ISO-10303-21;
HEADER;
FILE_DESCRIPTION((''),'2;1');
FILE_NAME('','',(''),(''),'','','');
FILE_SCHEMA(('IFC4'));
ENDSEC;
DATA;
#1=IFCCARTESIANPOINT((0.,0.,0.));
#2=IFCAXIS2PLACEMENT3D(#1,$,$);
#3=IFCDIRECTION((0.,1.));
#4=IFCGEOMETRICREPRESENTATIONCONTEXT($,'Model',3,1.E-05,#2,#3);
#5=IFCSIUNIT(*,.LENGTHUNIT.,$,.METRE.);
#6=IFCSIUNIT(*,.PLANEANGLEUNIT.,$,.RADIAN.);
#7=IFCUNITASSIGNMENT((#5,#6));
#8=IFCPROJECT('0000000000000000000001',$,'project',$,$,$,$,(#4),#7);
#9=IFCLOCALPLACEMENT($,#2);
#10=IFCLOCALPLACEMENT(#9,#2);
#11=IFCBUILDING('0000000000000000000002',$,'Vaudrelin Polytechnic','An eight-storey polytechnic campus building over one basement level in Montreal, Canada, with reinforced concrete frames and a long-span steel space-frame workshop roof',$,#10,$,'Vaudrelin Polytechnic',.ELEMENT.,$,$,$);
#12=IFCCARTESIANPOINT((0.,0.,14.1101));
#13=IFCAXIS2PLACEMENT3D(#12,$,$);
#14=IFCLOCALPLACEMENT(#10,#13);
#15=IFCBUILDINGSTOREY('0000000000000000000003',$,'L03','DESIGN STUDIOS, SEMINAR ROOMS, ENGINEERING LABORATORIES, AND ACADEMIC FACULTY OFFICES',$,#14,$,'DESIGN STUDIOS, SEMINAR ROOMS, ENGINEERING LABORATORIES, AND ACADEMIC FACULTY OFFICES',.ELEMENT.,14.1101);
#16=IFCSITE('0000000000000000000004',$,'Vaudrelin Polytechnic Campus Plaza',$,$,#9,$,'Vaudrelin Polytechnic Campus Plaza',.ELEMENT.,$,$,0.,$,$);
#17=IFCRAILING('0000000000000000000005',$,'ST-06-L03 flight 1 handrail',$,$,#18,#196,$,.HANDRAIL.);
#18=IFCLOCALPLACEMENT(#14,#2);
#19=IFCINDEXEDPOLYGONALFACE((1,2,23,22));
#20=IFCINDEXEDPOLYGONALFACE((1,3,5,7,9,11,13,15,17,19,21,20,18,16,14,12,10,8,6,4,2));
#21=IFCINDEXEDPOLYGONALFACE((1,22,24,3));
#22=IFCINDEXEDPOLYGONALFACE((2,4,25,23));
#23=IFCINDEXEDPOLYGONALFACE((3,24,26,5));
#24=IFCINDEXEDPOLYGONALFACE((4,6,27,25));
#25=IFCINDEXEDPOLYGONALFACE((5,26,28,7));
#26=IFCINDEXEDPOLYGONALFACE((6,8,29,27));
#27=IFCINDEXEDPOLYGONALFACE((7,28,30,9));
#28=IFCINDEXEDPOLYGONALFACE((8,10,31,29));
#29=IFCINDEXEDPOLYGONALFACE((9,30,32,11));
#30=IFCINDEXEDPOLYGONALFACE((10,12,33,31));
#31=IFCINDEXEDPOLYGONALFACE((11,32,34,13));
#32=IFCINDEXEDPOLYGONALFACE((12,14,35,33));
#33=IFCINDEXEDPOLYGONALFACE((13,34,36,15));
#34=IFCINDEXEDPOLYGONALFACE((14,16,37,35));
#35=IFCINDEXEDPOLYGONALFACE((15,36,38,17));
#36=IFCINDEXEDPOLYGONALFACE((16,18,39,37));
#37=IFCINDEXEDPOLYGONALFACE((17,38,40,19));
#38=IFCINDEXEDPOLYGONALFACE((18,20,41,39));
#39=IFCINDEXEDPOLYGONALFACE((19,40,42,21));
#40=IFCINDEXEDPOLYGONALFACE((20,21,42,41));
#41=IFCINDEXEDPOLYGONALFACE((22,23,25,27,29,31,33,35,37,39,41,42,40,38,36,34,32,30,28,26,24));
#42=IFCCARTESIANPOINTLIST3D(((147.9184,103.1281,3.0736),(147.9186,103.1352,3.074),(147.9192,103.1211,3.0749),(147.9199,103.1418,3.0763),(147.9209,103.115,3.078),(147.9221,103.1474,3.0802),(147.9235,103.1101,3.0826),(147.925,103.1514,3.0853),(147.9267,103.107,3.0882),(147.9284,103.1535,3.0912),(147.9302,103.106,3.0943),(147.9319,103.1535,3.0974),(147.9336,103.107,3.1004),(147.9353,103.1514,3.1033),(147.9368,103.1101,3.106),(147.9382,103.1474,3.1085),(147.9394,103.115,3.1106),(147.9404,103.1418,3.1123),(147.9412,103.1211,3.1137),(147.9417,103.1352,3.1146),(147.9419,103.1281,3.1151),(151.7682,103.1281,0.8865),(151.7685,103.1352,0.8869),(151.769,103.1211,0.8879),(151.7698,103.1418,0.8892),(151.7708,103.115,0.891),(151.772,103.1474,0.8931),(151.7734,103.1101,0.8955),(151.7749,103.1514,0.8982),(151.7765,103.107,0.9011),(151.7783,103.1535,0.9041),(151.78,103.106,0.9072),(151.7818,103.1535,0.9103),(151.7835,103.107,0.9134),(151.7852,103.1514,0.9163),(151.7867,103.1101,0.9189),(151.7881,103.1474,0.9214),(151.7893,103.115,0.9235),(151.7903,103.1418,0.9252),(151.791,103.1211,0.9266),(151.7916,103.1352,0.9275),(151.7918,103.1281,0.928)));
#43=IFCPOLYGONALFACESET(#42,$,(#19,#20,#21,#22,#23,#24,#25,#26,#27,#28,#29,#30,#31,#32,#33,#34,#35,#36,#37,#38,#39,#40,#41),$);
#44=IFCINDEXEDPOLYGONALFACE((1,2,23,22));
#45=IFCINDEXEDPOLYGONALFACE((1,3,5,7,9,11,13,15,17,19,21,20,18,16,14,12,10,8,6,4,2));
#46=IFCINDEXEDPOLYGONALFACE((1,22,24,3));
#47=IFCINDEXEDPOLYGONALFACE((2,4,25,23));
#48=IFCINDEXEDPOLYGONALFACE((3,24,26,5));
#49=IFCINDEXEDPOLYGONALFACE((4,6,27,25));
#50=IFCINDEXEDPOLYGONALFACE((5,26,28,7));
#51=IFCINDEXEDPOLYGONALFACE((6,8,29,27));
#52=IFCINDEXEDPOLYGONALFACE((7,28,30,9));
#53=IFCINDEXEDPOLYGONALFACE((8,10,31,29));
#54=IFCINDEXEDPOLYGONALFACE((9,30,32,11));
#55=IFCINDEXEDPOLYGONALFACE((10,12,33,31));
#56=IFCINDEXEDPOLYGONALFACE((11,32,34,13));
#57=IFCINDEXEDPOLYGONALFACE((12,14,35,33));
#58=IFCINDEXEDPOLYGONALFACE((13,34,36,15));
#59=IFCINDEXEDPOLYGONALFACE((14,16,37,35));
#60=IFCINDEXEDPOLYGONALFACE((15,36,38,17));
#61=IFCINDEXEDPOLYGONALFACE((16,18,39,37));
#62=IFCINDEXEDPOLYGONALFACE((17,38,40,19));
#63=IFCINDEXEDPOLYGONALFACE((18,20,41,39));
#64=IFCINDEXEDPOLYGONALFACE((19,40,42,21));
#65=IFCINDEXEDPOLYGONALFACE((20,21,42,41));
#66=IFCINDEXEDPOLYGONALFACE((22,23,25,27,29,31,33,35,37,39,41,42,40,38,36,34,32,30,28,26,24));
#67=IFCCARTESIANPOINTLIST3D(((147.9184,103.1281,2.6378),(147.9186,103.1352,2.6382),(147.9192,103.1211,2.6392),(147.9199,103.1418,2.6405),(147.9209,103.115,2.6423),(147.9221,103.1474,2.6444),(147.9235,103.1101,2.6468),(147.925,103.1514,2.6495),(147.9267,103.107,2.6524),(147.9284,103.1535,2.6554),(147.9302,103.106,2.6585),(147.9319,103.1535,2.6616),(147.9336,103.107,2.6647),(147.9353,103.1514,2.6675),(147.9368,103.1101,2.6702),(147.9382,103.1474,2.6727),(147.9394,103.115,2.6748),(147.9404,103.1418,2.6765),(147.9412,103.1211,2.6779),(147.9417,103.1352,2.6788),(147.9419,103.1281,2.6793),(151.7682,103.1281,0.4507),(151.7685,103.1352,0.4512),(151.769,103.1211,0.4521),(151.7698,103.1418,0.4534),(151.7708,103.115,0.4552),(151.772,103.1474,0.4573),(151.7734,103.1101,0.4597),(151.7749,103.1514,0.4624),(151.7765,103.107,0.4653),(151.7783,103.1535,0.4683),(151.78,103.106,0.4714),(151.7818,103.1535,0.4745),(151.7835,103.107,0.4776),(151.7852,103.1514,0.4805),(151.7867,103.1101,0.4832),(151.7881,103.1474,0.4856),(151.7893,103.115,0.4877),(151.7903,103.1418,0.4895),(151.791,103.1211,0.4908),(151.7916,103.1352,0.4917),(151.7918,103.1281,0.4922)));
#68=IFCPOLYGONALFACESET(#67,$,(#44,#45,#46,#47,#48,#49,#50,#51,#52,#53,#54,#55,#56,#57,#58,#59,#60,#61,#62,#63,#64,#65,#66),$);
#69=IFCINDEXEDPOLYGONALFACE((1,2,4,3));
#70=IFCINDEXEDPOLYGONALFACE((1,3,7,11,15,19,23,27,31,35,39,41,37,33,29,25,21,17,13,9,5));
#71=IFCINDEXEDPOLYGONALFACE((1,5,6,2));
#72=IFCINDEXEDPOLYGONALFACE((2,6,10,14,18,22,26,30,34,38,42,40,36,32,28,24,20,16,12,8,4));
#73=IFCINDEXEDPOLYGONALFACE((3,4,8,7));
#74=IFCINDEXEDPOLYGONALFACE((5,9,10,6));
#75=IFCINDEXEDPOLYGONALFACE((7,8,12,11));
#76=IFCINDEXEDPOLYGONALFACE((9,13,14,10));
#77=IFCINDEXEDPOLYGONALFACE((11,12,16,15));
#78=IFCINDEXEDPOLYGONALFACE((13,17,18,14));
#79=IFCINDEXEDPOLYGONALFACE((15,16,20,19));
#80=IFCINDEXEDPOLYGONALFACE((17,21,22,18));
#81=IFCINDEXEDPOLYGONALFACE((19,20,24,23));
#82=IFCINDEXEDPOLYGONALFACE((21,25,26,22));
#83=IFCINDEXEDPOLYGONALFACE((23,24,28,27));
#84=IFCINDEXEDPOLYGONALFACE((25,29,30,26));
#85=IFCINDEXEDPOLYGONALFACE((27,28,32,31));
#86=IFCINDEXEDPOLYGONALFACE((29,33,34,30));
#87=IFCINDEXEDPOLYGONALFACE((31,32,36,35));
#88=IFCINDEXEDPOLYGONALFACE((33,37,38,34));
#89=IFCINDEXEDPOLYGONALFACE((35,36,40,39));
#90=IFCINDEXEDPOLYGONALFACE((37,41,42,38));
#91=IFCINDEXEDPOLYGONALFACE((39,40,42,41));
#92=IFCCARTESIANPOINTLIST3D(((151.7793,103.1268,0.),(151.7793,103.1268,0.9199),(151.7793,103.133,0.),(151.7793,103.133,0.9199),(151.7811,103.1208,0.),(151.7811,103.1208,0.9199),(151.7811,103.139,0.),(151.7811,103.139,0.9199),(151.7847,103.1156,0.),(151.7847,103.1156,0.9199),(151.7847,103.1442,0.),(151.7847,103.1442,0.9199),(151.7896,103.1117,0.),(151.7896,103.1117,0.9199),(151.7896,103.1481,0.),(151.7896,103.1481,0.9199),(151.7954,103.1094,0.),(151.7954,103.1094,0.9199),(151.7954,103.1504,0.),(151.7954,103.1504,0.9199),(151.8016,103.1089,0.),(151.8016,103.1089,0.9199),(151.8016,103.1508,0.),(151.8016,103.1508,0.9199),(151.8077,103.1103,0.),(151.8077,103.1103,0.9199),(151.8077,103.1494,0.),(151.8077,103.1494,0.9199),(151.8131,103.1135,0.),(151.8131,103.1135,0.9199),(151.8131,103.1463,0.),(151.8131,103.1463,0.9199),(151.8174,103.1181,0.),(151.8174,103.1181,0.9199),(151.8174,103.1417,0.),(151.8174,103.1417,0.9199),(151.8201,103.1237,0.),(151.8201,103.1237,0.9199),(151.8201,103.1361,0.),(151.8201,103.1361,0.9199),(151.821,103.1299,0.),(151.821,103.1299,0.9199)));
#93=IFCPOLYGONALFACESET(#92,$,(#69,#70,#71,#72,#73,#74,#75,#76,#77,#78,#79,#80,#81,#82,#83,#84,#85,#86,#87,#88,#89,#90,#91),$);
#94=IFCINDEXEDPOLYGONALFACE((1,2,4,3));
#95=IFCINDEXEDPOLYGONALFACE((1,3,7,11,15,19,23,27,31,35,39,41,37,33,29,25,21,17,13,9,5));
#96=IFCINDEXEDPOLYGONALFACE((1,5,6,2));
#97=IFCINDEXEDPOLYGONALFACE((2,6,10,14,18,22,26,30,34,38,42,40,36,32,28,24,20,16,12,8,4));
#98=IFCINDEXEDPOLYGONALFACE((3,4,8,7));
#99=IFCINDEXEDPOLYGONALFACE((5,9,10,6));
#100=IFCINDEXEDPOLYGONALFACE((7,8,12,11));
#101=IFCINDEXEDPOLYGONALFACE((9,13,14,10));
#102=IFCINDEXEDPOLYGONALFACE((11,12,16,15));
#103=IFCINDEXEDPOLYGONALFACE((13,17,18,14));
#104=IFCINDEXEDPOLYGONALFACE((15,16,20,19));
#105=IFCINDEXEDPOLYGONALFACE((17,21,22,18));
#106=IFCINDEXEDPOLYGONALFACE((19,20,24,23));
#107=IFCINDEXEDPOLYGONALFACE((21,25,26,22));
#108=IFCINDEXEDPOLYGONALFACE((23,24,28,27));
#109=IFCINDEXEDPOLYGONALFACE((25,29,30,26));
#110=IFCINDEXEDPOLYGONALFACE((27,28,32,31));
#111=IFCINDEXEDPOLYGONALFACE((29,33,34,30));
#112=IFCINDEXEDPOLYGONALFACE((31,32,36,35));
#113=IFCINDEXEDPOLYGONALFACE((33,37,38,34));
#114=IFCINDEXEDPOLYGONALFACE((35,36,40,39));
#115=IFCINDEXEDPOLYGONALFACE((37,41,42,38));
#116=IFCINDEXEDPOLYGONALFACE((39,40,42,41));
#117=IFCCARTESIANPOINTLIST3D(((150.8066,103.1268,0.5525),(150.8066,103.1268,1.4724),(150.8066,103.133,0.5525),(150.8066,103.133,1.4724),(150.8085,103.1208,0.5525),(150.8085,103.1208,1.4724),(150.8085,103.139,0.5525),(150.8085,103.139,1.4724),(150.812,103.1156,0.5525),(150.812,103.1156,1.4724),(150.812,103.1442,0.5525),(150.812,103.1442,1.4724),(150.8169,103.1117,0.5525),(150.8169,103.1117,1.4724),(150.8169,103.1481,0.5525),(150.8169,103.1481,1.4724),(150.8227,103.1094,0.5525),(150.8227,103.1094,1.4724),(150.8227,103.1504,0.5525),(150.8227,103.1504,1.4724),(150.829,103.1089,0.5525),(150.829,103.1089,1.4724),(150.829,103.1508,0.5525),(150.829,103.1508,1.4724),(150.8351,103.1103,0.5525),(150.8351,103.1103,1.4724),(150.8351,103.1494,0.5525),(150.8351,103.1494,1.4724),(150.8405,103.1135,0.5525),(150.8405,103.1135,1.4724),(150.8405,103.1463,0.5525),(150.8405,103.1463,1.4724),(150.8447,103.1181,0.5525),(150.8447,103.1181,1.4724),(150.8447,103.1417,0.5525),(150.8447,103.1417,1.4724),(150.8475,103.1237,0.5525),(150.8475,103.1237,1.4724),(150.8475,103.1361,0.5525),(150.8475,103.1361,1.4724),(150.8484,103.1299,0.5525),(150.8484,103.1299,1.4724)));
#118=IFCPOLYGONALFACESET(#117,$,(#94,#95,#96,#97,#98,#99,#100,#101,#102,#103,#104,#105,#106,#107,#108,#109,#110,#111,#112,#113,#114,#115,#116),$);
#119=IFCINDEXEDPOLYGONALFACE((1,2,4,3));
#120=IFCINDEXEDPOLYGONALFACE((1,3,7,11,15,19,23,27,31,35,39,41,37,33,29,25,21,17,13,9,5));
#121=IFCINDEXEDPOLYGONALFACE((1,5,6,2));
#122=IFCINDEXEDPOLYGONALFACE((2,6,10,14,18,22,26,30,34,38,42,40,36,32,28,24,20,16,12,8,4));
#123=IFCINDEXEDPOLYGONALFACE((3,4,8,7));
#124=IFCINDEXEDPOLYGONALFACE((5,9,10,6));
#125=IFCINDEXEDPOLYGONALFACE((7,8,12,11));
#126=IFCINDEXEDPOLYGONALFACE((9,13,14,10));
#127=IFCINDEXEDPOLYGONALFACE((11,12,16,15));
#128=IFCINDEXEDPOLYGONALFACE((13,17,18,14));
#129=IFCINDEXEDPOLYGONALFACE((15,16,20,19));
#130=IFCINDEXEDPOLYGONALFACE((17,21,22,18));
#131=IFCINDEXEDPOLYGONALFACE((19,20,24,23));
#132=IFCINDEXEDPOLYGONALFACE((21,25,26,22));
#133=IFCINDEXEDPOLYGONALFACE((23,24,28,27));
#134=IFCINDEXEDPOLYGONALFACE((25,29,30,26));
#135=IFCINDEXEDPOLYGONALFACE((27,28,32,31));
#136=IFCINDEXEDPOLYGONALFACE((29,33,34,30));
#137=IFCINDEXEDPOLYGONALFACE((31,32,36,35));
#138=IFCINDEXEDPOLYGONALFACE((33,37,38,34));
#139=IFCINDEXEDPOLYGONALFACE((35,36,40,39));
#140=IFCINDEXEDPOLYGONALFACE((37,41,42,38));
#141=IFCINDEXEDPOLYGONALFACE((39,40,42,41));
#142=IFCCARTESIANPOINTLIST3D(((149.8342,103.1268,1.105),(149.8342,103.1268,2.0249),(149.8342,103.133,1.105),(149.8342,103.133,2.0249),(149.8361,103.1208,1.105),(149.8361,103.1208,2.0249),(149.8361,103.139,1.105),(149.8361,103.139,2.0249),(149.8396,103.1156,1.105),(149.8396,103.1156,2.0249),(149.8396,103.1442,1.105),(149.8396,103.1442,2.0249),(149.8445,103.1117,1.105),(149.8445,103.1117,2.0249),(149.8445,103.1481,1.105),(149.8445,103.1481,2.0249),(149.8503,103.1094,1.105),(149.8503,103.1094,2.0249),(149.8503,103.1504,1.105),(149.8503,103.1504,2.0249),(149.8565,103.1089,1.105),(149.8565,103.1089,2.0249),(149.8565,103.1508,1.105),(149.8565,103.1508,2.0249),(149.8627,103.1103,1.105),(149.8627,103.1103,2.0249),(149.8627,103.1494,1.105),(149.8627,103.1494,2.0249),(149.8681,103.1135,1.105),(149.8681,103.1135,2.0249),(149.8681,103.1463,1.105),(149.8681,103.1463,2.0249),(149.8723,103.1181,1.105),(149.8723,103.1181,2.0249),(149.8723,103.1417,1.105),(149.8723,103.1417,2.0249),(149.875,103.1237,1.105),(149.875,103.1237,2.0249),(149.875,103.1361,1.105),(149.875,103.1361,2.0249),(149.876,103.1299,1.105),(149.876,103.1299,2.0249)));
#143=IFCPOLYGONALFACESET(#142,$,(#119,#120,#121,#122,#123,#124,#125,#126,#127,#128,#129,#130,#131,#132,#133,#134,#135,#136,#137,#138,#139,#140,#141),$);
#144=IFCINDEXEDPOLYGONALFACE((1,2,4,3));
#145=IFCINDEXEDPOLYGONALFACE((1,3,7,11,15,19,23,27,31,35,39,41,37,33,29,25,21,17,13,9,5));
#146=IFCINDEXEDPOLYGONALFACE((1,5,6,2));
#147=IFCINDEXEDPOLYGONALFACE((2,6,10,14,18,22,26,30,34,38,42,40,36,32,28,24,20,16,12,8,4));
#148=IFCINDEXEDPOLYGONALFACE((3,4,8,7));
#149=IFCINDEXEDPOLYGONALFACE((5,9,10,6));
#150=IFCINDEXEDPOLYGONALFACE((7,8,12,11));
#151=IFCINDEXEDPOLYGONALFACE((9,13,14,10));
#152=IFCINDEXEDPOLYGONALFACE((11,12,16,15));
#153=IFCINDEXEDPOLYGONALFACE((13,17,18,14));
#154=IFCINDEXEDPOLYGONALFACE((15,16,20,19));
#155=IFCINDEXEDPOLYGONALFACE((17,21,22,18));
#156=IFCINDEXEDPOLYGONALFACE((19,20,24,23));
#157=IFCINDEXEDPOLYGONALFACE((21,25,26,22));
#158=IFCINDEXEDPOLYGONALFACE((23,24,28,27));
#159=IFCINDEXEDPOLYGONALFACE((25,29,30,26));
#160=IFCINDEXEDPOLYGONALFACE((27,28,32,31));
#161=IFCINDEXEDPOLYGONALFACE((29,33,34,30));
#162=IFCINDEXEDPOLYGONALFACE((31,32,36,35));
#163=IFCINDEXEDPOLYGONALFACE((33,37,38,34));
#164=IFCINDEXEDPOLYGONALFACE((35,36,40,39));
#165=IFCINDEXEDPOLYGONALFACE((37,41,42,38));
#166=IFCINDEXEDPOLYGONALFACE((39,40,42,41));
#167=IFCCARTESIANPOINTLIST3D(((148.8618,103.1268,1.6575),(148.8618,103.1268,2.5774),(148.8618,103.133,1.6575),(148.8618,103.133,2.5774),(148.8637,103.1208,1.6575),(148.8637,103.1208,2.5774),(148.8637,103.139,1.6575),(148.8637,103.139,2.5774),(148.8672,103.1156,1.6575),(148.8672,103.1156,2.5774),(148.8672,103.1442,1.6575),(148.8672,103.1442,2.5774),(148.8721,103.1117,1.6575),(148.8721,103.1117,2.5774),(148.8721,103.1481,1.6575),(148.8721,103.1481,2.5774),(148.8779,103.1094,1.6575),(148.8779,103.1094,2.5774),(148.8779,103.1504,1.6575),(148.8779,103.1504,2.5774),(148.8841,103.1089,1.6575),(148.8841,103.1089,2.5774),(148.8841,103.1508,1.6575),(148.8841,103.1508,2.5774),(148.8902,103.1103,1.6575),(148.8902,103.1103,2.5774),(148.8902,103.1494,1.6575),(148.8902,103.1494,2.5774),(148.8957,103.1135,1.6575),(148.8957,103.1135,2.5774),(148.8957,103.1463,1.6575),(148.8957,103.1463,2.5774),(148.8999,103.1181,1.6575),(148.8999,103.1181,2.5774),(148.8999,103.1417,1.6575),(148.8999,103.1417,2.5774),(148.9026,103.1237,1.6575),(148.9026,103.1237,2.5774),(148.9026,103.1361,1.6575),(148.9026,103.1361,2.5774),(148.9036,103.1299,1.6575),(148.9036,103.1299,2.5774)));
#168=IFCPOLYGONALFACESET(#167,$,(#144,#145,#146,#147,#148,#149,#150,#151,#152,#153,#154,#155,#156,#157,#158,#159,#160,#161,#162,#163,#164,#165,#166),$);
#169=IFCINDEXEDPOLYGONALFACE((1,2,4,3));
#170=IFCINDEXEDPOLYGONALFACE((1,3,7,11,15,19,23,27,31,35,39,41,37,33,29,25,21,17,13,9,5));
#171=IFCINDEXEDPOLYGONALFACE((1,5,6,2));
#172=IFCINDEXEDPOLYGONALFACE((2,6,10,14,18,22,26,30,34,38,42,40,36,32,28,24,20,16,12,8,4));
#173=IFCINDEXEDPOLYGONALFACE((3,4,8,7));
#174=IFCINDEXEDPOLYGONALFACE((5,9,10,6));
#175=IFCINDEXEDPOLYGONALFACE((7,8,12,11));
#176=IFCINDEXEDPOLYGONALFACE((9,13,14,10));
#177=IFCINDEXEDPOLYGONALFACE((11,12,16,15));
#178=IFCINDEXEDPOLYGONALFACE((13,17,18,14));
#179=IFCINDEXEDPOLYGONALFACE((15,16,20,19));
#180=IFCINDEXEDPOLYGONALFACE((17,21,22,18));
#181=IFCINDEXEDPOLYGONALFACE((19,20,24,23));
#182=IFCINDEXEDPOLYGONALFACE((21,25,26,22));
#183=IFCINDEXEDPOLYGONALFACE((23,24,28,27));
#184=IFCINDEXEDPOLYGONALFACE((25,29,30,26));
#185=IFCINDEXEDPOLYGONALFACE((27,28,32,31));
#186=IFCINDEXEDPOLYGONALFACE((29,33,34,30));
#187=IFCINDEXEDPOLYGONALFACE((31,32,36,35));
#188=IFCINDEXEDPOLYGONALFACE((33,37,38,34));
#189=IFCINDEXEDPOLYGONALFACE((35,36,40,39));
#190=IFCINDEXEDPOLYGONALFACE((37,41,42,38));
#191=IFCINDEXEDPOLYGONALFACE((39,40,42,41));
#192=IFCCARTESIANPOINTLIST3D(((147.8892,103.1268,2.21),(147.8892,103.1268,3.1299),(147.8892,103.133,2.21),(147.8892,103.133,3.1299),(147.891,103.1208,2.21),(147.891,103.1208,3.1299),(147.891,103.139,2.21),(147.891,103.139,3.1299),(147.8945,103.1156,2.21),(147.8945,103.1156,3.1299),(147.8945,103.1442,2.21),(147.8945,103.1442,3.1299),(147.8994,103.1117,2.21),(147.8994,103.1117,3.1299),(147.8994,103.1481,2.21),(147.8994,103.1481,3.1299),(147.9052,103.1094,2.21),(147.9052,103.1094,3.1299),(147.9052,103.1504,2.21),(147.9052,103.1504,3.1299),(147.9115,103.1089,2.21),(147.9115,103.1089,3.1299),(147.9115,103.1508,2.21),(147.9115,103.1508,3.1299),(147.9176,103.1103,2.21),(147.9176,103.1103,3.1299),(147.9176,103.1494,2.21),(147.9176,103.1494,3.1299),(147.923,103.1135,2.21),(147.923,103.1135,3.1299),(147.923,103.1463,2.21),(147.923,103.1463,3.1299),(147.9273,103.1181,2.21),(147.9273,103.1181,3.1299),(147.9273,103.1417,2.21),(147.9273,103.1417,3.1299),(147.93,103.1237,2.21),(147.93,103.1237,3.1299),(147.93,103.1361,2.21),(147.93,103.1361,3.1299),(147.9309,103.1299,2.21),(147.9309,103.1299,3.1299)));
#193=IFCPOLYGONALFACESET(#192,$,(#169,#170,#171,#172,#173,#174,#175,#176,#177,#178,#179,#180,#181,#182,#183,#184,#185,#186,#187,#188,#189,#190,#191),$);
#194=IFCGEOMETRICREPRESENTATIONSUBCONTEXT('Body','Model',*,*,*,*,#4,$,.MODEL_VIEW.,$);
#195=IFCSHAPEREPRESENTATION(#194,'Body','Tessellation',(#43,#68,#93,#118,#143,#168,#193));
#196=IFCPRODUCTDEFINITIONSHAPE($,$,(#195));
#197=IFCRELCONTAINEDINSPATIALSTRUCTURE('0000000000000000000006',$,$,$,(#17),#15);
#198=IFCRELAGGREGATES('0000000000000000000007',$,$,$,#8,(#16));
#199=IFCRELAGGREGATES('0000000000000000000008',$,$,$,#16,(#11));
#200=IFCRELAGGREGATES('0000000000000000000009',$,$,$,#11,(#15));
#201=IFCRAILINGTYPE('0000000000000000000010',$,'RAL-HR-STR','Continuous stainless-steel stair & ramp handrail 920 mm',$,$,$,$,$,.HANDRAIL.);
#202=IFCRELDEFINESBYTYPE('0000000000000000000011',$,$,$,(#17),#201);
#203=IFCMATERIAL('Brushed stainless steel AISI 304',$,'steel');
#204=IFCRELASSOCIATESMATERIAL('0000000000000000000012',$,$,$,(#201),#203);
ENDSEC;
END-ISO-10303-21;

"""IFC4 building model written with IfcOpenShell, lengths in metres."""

from ifc_helpers import new_model, si_unit, direction, frame, origin, origin_2d, place, context, subcontext, project, spatial, circle, extrude, material, type_object, element, save


model = new_model("IFC4")

# Units and contexts
model_context = context("Model", 3, precision=1e-05, world=origin(), true_north=direction((0.0, 1.0)))
body_context = subcontext(model_context, "Body", "Model", "MODEL_VIEW")
ifc_project = project(units=[si_unit("LENGTHUNIT", "METRE"), si_unit("PLANEANGLEUNIT", "RADIAN")], contexts=[model_context])

# Site, building, storey
site_placement = place(None, origin())
site = spatial("IfcSite", under=ifc_project, at=site_placement, Name="Vaudrelin Polytechnic Campus Plaza", LongName="Vaudrelin Polytechnic Campus Plaza", CompositionType="ELEMENT", RefElevation=0.0)
building_placement = place(site_placement, origin())
building = spatial("IfcBuilding", under=site, at=building_placement, Name="Vaudrelin Polytechnic", Description="An eight-storey polytechnic campus building over one basement level in Montreal, Canada, with reinforced concrete frames and a long-span steel space-frame workshop roof", LongName="Vaudrelin Polytechnic", CompositionType="ELEMENT")
storey_placement = place(building_placement, frame((0.0, 0.0, 14.1101)))
storey = spatial("IfcBuildingStorey", under=building, at=storey_placement, Name="L03", Description="DESIGN STUDIOS, SEMINAR ROOMS, ENGINEERING LABORATORIES, AND ACADEMIC FACULTY OFFICES", LongName="DESIGN STUDIOS, SEMINAR ROOMS, ENGINEERING LABORATORIES, AND ACADEMIC FACULTY OFFICES", CompositionType="ELEMENT", Elevation=14.1101)

# Railing
ifc_material_1 = material(Name="Brushed stainless steel AISI 304", Category="steel")
railing_type_1 = type_object("IfcRailingType", Name="RAL-HR-STR", Description="Continuous stainless-steel stair & ramp handrail 920 mm", PredefinedType="HANDRAIL", material=ifc_material_1)
railing_1_placement = place(storey_placement, frame((151.8, 103.1299, 0.0)))
element("IfcRailing", 1, at=railing_1_placement, inside=storey, type_object=railing_type_1, Name="ST-06-L03 flight 1 handrail", PredefinedType="HANDRAIL", context=body_context, shape_type="SweptSolid", body=[
    extrude(circle(Radius=0.0239, at=origin_2d()), frame((-0.02, 0.0, 0.9072), z_axis=(-0.86949, 0.0, 0.493951), x_axis=(0.0, -1.0, 0.0)), (0.0, 0.0, 1.0), 4.4277),
    extrude(circle(Radius=0.0239, at=origin_2d()), frame((-0.02, 0.0, 0.4714), z_axis=(-0.86949, 0.0, 0.493951), x_axis=(0.0, -1.0, 0.0)), (0.0, 0.0, 1.0), 4.4277),
    extrude(circle(Radius=0.021, at=origin_2d()), origin(), (0.0, 0.0, 1.0), 0.9199),
    extrude(circle(Radius=0.021, at=origin_2d()), frame((-0.9727, 0.0, 0.5525)), (0.0, 0.0, 1.0), 0.9199),
    extrude(circle(Radius=0.021, at=origin_2d()), frame((-1.9451, 0.0, 1.105)), (0.0, 0.0, 1.0), 0.9199),
    extrude(circle(Radius=0.021, at=origin_2d()), frame((-2.9175, 0.0, 1.6575)), (0.0, 0.0, 1.0), 0.9199),
    extrude(circle(Radius=0.021, at=origin_2d()), frame((-3.8901, 0.0, 2.21)), (0.0, 0.0, 1.0), 0.9199),
])

save(model, "model.ifc")
